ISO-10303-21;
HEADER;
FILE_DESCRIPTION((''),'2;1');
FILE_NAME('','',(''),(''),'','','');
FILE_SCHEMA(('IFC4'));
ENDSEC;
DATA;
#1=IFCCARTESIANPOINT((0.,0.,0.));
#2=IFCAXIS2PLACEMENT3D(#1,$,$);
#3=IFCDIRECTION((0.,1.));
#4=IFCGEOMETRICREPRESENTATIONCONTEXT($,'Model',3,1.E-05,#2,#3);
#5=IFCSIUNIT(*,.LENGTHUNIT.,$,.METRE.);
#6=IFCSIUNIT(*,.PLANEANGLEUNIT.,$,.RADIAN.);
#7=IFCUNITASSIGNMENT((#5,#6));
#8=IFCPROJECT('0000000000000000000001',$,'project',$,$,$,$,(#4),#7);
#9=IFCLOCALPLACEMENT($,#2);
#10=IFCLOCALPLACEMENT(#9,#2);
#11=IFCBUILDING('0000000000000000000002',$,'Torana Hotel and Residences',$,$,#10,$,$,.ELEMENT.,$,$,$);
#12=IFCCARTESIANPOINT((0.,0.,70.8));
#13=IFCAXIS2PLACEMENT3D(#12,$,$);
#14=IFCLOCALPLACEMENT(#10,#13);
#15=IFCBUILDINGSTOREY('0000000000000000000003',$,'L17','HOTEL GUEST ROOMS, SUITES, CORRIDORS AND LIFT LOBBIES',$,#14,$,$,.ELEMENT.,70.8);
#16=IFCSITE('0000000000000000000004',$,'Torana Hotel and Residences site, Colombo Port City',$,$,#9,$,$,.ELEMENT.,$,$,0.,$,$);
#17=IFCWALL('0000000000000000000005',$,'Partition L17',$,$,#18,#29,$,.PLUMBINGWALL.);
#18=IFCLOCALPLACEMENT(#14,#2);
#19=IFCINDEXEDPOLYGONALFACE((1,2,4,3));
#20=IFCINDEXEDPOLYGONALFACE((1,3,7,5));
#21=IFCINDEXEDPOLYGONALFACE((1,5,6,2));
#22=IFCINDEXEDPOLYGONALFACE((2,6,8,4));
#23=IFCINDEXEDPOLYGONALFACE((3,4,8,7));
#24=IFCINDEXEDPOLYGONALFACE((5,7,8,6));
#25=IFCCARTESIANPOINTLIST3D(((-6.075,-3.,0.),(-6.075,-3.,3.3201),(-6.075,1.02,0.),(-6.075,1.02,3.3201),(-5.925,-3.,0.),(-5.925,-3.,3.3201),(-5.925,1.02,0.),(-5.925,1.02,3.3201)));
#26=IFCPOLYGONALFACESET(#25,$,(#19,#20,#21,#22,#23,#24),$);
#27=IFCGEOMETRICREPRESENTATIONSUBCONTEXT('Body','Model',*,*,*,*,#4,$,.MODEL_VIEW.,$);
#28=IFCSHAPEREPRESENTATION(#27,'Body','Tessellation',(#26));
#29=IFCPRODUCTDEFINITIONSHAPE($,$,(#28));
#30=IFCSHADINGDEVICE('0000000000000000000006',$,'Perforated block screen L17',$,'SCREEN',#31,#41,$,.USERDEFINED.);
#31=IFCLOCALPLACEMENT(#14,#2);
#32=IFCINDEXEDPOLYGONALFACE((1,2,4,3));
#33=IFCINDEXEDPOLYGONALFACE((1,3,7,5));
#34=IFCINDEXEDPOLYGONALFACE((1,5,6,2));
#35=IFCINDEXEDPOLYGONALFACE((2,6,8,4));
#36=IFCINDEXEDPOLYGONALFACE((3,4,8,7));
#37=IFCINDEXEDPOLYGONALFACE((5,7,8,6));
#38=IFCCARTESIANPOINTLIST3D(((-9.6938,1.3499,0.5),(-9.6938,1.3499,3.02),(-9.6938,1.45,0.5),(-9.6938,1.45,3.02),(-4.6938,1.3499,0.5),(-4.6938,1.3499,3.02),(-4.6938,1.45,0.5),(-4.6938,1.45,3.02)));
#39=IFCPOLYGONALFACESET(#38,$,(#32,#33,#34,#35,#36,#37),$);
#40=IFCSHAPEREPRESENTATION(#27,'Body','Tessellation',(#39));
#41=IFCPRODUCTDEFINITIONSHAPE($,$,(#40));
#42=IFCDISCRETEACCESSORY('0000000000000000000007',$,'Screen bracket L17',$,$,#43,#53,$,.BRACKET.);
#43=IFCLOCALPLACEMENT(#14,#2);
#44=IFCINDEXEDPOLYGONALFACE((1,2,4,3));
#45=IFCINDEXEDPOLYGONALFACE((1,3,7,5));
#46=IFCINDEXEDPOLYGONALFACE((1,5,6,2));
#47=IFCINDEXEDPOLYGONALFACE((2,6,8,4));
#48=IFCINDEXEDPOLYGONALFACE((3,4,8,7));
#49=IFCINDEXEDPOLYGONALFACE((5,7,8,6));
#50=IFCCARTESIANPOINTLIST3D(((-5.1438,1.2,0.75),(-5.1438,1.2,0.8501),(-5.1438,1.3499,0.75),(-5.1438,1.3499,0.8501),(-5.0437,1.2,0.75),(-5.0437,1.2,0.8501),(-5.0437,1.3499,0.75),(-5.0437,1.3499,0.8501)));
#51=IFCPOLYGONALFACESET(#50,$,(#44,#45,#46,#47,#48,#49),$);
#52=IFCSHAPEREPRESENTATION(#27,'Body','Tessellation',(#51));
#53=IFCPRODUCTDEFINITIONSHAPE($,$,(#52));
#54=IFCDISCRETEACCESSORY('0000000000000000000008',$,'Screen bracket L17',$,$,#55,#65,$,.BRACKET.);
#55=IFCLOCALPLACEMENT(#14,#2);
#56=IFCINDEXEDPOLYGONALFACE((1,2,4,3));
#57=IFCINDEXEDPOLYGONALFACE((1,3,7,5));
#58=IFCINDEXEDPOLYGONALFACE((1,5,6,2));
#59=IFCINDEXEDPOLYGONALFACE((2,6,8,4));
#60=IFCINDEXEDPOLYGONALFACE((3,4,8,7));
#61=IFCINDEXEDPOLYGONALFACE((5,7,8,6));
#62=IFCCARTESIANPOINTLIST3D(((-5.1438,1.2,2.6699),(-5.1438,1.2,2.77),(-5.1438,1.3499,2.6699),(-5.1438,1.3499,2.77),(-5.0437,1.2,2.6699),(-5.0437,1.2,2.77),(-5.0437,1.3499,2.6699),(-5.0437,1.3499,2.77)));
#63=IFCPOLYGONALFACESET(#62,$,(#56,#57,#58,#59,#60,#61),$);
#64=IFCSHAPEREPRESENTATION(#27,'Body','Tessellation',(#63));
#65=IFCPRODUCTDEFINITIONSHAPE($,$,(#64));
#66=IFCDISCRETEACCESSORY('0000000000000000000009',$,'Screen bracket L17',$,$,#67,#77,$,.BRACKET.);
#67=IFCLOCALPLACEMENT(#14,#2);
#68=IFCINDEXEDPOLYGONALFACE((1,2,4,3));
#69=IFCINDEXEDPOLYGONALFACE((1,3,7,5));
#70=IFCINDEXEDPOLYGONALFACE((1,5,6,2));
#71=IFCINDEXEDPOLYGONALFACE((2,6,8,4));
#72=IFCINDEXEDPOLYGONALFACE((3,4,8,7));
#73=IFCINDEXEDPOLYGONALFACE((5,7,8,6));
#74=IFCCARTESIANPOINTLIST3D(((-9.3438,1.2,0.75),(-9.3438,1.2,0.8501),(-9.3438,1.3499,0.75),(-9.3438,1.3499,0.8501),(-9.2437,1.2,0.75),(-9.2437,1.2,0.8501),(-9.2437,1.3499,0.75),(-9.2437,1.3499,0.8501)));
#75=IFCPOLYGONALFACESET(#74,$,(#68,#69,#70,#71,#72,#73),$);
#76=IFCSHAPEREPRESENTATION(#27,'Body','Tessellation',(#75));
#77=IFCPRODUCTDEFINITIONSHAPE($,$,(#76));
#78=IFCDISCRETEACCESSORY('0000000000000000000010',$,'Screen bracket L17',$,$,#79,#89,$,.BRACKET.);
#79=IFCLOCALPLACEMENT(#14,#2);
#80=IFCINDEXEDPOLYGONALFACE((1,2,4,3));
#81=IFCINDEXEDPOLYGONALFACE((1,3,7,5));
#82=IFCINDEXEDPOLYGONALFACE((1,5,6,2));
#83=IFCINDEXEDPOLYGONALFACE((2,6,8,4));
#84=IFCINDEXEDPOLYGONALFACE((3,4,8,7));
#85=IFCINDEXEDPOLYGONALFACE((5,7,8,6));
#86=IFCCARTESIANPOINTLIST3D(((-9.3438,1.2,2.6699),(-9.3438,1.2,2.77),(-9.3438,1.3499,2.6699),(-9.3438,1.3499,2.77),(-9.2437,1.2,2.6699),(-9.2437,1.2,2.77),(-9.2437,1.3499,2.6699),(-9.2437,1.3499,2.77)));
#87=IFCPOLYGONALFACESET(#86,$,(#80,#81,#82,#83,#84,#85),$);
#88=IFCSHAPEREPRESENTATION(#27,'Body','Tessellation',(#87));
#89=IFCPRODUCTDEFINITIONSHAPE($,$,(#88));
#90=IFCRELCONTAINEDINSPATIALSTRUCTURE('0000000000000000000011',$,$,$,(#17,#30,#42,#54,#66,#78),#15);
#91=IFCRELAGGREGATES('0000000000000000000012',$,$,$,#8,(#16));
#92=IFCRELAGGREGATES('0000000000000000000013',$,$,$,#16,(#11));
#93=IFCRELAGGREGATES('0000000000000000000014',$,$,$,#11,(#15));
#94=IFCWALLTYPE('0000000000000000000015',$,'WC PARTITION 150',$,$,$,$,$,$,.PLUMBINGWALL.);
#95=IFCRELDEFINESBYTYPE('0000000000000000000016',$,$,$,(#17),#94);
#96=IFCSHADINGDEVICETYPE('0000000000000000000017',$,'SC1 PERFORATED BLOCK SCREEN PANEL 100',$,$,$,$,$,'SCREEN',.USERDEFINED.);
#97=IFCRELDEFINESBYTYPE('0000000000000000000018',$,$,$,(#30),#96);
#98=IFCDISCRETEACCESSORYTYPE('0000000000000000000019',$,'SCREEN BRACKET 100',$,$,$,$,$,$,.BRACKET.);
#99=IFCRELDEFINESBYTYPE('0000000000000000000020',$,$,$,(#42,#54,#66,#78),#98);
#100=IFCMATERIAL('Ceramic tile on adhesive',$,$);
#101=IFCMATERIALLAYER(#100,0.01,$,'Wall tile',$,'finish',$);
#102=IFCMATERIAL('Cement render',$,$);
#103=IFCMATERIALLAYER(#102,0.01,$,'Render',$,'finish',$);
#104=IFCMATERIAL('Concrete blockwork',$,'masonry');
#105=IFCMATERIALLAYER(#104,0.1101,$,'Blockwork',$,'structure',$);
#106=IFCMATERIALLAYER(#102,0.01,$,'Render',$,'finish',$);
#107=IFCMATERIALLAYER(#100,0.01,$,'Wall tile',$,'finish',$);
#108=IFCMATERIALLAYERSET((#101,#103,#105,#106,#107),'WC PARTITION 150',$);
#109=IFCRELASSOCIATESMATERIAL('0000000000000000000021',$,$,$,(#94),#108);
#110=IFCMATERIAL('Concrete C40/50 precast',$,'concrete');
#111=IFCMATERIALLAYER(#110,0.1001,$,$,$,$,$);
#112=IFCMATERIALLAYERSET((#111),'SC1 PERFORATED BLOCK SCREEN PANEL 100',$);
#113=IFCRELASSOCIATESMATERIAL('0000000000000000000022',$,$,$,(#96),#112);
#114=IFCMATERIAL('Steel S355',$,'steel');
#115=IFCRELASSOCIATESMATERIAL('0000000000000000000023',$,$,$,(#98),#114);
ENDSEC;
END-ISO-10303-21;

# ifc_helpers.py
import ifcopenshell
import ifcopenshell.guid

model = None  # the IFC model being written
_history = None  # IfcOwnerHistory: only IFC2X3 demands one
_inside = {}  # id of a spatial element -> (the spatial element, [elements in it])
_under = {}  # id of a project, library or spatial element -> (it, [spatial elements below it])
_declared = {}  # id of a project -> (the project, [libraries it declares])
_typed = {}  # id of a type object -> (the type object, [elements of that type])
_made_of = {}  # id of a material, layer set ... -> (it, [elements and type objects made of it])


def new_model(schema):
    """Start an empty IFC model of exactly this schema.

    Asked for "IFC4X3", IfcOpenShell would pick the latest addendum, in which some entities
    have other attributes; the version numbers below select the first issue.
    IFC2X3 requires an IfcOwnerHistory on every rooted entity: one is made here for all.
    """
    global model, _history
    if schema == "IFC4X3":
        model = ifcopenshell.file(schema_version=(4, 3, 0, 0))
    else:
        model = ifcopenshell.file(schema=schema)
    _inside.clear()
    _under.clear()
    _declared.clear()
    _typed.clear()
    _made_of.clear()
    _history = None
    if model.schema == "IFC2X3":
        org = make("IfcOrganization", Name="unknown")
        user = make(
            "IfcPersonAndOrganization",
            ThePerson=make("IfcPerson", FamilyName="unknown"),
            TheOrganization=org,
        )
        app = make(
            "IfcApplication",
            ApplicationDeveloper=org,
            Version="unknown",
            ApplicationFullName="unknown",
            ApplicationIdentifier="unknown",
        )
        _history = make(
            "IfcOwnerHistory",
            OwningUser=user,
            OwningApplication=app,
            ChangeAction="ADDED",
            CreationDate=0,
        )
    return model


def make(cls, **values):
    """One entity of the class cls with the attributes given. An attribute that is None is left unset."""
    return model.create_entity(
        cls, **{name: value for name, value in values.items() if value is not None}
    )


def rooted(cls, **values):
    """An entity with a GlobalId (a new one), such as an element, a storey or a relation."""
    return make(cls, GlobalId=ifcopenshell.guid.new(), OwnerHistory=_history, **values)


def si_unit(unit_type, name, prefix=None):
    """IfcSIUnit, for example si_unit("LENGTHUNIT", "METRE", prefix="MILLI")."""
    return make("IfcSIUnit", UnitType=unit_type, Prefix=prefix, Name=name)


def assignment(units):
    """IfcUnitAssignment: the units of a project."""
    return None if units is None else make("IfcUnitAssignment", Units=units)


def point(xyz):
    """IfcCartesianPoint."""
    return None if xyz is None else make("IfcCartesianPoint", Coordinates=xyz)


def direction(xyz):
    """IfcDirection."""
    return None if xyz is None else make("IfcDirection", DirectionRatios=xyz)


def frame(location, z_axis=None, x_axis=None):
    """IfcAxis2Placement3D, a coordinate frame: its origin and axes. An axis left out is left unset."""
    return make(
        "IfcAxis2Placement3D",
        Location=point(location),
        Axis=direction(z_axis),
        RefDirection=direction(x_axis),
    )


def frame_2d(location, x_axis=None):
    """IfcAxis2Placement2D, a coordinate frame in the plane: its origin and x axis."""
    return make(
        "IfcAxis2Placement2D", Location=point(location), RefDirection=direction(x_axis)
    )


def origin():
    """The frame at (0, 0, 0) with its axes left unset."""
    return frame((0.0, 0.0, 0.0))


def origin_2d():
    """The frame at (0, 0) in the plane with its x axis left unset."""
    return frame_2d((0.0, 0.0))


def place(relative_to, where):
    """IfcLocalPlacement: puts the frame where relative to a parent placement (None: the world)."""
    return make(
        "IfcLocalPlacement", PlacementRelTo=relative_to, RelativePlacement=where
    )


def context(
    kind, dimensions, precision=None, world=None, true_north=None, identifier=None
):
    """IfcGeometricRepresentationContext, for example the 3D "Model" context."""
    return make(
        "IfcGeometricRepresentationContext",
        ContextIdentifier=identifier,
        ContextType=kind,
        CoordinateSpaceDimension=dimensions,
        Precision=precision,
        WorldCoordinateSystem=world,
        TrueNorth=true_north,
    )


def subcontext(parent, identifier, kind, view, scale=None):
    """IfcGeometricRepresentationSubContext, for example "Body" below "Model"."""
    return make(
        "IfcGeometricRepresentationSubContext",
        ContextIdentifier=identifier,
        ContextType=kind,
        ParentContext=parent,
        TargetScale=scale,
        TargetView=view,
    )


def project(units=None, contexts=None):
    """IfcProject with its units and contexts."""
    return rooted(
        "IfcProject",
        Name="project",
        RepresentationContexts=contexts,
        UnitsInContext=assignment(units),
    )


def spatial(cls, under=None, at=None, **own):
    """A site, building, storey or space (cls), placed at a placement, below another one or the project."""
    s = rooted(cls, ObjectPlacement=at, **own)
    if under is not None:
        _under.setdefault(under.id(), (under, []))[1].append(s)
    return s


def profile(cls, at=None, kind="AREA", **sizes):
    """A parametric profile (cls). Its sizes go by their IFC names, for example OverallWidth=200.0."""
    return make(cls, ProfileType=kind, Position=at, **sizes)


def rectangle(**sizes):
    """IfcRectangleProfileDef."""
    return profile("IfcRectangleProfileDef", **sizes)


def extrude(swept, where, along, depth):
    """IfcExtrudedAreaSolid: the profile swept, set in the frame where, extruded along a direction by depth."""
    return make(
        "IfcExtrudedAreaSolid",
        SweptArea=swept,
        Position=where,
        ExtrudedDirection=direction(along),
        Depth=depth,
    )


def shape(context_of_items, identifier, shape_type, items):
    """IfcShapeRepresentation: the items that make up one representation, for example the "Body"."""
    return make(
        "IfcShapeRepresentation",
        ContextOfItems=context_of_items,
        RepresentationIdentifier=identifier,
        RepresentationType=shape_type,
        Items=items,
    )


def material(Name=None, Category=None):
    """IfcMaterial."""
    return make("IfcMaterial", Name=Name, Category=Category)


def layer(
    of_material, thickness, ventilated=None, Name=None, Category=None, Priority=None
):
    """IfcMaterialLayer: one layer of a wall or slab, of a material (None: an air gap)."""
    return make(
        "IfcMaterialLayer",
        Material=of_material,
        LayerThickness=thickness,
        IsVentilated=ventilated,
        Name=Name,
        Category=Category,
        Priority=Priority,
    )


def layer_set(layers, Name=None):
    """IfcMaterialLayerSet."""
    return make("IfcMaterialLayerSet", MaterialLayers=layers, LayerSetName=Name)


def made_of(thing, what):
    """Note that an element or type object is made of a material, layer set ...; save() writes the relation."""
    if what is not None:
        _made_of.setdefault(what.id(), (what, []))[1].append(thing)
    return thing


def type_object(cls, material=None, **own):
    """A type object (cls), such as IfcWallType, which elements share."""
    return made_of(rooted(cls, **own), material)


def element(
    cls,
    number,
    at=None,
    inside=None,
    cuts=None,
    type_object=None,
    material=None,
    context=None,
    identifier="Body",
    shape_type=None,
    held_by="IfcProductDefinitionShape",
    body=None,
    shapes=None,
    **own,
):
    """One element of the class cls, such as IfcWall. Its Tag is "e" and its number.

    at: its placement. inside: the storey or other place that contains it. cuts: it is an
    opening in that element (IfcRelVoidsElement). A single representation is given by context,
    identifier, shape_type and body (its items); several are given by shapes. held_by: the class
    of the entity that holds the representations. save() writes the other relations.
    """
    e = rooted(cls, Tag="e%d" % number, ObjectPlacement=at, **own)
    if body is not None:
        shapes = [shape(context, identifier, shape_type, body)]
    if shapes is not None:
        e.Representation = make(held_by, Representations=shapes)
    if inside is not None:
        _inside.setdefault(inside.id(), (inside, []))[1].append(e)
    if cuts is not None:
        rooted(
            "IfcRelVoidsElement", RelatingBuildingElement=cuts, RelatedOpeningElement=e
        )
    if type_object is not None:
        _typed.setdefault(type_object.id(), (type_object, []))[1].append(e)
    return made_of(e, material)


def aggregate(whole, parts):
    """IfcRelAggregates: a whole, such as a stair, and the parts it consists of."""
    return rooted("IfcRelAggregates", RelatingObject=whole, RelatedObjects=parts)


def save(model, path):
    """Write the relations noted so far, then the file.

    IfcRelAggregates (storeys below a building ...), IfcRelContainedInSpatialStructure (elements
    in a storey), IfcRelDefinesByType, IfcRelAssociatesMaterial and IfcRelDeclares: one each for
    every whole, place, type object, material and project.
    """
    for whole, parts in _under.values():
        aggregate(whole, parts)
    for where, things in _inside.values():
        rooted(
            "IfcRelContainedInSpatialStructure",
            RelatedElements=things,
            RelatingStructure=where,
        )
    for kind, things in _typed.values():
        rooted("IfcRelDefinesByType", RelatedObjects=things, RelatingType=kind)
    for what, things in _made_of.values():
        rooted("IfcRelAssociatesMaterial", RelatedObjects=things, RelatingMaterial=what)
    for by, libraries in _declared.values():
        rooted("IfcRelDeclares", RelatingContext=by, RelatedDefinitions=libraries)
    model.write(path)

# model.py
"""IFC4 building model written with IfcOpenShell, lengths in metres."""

from ifc_helpers import new_model, si_unit, direction, frame, frame_2d, origin, origin_2d, place, context, subcontext, project, spatial, rectangle, extrude, material, layer, layer_set, type_object, element, save


model = new_model("IFC4")

# Units and contexts
model_context = context("Model", 3, precision=1e-05, world=origin(), true_north=direction((0.0, 1.0)))
body_context = subcontext(model_context, "Body", "Model", "MODEL_VIEW")
ifc_project = project(units=[si_unit("LENGTHUNIT", "METRE"), si_unit("PLANEANGLEUNIT", "RADIAN")], contexts=[model_context])

# Site, building, storey
site_placement = place(None, origin())
site = spatial("IfcSite", under=ifc_project, at=site_placement, Name="Torana Hotel and Residences site, Colombo Port City", CompositionType="ELEMENT", RefElevation=0.0)
building_placement = place(site_placement, origin())
building = spatial("IfcBuilding", under=site, at=building_placement, Name="Torana Hotel and Residences", CompositionType="ELEMENT")
storey_placement = place(building_placement, frame((0.0, 0.0, 70.8)))
storey = spatial("IfcBuildingStorey", under=building, at=storey_placement, Name="L17", Description="HOTEL GUEST ROOMS, SUITES, CORRIDORS AND LIFT LOBBIES", CompositionType="ELEMENT", Elevation=70.8)

# Shared definitions
ifc_material_1 = material(Name="Concrete blockwork", Category="masonry")

# Wall
ifc_material_2 = material(Name="Ceramic tile on adhesive")
ifc_layer_1 = layer(ifc_material_2, 0.01, Name="Wall tile", Category="finish")
ifc_material_3 = material(Name="Cement render")
ifc_layer_2 = layer(ifc_material_3, 0.01, Name="Render", Category="finish")
ifc_layer_3 = layer(ifc_material_1, 0.1101, Name="Blockwork", Category="structure")
ifc_layer_4 = layer(ifc_material_3, 0.01, Name="Render", Category="finish")
ifc_layer_5 = layer(ifc_material_2, 0.01, Name="Wall tile", Category="finish")
ifc_layer_set_1 = layer_set([ifc_layer_1, ifc_layer_2, ifc_layer_3, ifc_layer_4, ifc_layer_5], Name="WC PARTITION 150")
wall_type_1 = type_object("IfcWallType", Name="WC PARTITION 150", PredefinedType="PLUMBINGWALL", material=ifc_layer_set_1)
for number, where, z_axis, x_axis, name in (
    (1, (-6.0, -3.0, 0.0), (0.0, 0.0, 1.0), (0.0, 1.0, 0.0), "Partition L17"),
):
    element("IfcWall", number, at=place(storey_placement, frame(where, z_axis=z_axis, x_axis=x_axis)), inside=storey, type_object=wall_type_1, Name=name, PredefinedType="PLUMBINGWALL", context=body_context, shape_type="SweptSolid", body=[
        extrude(rectangle(XDim=4.02, YDim=0.1499, at=frame_2d((2.01, 0.0))), origin(), (0.0, 0.0, 1.0), 3.3201),
    ])

# Shading device
ifc_material_4 = material(Name="Concrete C40/50 precast", Category="concrete")
ifc_layer_6 = layer(ifc_material_4, 0.1001)
ifc_layer_set_2 = layer_set([ifc_layer_6], Name="SC1 PERFORATED BLOCK SCREEN PANEL 100")
shading_device_type = type_object("IfcShadingDeviceType", Name="SC1 PERFORATED BLOCK SCREEN PANEL 100", ElementType="SCREEN", PredefinedType="USERDEFINED", material=ifc_layer_set_2)
shading_device_placement = place(storey_placement, frame((-7.1938, 1.3999, 0.5), z_axis=(0.0, 0.0, 1.0), x_axis=(-1.0, 0.0, 0.0)))
element("IfcShadingDevice", 2, at=shading_device_placement, inside=storey, type_object=shading_device_type, Name="Perforated block screen L17", ObjectType="SCREEN", PredefinedType="USERDEFINED", context=body_context, shape_type="SweptSolid", body=[
    extrude(rectangle(XDim=5.0, YDim=0.1001, at=origin_2d()), origin(), (0.0, 0.0, 1.0), 2.52),
])

# Discrete accessories
ifc_material_5 = material(Name="Steel S355", Category="steel")
discrete_accessory_type = type_object("IfcDiscreteAccessoryType", Name="SCREEN BRACKET 100", PredefinedType="BRACKET", material=ifc_material_5)
for number, where, z_axis, x_axis, name in (
    (3, (-5.0938, 1.2749, 0.75), (0.0, 0.0, 1.0), (-1.0, 0.0, 0.0), "Screen bracket L17"),
    (4, (-5.0938, 1.2749, 2.6699), (0.0, 0.0, 1.0), (-1.0, 0.0, 0.0), "Screen bracket L17"),
    (5, (-9.2937, 1.2749, 0.75), (0.0, 0.0, 1.0), (-1.0, 0.0, 0.0), "Screen bracket L17"),
    (6, (-9.2937, 1.2749, 2.6699), (0.0, 0.0, 1.0), (-1.0, 0.0, 0.0), "Screen bracket L17"),
):
    element("IfcDiscreteAccessory", number, at=place(storey_placement, frame(where, z_axis=z_axis, x_axis=x_axis)), inside=storey, type_object=discrete_accessory_type, Name=name, PredefinedType="BRACKET", context=body_context, shape_type="SweptSolid", body=[
        extrude(rectangle(XDim=0.1001, YDim=0.1499, at=origin_2d()), origin(), (0.0, 0.0, 1.0), 0.1001),
    ])

save(model, "model.ifc")
